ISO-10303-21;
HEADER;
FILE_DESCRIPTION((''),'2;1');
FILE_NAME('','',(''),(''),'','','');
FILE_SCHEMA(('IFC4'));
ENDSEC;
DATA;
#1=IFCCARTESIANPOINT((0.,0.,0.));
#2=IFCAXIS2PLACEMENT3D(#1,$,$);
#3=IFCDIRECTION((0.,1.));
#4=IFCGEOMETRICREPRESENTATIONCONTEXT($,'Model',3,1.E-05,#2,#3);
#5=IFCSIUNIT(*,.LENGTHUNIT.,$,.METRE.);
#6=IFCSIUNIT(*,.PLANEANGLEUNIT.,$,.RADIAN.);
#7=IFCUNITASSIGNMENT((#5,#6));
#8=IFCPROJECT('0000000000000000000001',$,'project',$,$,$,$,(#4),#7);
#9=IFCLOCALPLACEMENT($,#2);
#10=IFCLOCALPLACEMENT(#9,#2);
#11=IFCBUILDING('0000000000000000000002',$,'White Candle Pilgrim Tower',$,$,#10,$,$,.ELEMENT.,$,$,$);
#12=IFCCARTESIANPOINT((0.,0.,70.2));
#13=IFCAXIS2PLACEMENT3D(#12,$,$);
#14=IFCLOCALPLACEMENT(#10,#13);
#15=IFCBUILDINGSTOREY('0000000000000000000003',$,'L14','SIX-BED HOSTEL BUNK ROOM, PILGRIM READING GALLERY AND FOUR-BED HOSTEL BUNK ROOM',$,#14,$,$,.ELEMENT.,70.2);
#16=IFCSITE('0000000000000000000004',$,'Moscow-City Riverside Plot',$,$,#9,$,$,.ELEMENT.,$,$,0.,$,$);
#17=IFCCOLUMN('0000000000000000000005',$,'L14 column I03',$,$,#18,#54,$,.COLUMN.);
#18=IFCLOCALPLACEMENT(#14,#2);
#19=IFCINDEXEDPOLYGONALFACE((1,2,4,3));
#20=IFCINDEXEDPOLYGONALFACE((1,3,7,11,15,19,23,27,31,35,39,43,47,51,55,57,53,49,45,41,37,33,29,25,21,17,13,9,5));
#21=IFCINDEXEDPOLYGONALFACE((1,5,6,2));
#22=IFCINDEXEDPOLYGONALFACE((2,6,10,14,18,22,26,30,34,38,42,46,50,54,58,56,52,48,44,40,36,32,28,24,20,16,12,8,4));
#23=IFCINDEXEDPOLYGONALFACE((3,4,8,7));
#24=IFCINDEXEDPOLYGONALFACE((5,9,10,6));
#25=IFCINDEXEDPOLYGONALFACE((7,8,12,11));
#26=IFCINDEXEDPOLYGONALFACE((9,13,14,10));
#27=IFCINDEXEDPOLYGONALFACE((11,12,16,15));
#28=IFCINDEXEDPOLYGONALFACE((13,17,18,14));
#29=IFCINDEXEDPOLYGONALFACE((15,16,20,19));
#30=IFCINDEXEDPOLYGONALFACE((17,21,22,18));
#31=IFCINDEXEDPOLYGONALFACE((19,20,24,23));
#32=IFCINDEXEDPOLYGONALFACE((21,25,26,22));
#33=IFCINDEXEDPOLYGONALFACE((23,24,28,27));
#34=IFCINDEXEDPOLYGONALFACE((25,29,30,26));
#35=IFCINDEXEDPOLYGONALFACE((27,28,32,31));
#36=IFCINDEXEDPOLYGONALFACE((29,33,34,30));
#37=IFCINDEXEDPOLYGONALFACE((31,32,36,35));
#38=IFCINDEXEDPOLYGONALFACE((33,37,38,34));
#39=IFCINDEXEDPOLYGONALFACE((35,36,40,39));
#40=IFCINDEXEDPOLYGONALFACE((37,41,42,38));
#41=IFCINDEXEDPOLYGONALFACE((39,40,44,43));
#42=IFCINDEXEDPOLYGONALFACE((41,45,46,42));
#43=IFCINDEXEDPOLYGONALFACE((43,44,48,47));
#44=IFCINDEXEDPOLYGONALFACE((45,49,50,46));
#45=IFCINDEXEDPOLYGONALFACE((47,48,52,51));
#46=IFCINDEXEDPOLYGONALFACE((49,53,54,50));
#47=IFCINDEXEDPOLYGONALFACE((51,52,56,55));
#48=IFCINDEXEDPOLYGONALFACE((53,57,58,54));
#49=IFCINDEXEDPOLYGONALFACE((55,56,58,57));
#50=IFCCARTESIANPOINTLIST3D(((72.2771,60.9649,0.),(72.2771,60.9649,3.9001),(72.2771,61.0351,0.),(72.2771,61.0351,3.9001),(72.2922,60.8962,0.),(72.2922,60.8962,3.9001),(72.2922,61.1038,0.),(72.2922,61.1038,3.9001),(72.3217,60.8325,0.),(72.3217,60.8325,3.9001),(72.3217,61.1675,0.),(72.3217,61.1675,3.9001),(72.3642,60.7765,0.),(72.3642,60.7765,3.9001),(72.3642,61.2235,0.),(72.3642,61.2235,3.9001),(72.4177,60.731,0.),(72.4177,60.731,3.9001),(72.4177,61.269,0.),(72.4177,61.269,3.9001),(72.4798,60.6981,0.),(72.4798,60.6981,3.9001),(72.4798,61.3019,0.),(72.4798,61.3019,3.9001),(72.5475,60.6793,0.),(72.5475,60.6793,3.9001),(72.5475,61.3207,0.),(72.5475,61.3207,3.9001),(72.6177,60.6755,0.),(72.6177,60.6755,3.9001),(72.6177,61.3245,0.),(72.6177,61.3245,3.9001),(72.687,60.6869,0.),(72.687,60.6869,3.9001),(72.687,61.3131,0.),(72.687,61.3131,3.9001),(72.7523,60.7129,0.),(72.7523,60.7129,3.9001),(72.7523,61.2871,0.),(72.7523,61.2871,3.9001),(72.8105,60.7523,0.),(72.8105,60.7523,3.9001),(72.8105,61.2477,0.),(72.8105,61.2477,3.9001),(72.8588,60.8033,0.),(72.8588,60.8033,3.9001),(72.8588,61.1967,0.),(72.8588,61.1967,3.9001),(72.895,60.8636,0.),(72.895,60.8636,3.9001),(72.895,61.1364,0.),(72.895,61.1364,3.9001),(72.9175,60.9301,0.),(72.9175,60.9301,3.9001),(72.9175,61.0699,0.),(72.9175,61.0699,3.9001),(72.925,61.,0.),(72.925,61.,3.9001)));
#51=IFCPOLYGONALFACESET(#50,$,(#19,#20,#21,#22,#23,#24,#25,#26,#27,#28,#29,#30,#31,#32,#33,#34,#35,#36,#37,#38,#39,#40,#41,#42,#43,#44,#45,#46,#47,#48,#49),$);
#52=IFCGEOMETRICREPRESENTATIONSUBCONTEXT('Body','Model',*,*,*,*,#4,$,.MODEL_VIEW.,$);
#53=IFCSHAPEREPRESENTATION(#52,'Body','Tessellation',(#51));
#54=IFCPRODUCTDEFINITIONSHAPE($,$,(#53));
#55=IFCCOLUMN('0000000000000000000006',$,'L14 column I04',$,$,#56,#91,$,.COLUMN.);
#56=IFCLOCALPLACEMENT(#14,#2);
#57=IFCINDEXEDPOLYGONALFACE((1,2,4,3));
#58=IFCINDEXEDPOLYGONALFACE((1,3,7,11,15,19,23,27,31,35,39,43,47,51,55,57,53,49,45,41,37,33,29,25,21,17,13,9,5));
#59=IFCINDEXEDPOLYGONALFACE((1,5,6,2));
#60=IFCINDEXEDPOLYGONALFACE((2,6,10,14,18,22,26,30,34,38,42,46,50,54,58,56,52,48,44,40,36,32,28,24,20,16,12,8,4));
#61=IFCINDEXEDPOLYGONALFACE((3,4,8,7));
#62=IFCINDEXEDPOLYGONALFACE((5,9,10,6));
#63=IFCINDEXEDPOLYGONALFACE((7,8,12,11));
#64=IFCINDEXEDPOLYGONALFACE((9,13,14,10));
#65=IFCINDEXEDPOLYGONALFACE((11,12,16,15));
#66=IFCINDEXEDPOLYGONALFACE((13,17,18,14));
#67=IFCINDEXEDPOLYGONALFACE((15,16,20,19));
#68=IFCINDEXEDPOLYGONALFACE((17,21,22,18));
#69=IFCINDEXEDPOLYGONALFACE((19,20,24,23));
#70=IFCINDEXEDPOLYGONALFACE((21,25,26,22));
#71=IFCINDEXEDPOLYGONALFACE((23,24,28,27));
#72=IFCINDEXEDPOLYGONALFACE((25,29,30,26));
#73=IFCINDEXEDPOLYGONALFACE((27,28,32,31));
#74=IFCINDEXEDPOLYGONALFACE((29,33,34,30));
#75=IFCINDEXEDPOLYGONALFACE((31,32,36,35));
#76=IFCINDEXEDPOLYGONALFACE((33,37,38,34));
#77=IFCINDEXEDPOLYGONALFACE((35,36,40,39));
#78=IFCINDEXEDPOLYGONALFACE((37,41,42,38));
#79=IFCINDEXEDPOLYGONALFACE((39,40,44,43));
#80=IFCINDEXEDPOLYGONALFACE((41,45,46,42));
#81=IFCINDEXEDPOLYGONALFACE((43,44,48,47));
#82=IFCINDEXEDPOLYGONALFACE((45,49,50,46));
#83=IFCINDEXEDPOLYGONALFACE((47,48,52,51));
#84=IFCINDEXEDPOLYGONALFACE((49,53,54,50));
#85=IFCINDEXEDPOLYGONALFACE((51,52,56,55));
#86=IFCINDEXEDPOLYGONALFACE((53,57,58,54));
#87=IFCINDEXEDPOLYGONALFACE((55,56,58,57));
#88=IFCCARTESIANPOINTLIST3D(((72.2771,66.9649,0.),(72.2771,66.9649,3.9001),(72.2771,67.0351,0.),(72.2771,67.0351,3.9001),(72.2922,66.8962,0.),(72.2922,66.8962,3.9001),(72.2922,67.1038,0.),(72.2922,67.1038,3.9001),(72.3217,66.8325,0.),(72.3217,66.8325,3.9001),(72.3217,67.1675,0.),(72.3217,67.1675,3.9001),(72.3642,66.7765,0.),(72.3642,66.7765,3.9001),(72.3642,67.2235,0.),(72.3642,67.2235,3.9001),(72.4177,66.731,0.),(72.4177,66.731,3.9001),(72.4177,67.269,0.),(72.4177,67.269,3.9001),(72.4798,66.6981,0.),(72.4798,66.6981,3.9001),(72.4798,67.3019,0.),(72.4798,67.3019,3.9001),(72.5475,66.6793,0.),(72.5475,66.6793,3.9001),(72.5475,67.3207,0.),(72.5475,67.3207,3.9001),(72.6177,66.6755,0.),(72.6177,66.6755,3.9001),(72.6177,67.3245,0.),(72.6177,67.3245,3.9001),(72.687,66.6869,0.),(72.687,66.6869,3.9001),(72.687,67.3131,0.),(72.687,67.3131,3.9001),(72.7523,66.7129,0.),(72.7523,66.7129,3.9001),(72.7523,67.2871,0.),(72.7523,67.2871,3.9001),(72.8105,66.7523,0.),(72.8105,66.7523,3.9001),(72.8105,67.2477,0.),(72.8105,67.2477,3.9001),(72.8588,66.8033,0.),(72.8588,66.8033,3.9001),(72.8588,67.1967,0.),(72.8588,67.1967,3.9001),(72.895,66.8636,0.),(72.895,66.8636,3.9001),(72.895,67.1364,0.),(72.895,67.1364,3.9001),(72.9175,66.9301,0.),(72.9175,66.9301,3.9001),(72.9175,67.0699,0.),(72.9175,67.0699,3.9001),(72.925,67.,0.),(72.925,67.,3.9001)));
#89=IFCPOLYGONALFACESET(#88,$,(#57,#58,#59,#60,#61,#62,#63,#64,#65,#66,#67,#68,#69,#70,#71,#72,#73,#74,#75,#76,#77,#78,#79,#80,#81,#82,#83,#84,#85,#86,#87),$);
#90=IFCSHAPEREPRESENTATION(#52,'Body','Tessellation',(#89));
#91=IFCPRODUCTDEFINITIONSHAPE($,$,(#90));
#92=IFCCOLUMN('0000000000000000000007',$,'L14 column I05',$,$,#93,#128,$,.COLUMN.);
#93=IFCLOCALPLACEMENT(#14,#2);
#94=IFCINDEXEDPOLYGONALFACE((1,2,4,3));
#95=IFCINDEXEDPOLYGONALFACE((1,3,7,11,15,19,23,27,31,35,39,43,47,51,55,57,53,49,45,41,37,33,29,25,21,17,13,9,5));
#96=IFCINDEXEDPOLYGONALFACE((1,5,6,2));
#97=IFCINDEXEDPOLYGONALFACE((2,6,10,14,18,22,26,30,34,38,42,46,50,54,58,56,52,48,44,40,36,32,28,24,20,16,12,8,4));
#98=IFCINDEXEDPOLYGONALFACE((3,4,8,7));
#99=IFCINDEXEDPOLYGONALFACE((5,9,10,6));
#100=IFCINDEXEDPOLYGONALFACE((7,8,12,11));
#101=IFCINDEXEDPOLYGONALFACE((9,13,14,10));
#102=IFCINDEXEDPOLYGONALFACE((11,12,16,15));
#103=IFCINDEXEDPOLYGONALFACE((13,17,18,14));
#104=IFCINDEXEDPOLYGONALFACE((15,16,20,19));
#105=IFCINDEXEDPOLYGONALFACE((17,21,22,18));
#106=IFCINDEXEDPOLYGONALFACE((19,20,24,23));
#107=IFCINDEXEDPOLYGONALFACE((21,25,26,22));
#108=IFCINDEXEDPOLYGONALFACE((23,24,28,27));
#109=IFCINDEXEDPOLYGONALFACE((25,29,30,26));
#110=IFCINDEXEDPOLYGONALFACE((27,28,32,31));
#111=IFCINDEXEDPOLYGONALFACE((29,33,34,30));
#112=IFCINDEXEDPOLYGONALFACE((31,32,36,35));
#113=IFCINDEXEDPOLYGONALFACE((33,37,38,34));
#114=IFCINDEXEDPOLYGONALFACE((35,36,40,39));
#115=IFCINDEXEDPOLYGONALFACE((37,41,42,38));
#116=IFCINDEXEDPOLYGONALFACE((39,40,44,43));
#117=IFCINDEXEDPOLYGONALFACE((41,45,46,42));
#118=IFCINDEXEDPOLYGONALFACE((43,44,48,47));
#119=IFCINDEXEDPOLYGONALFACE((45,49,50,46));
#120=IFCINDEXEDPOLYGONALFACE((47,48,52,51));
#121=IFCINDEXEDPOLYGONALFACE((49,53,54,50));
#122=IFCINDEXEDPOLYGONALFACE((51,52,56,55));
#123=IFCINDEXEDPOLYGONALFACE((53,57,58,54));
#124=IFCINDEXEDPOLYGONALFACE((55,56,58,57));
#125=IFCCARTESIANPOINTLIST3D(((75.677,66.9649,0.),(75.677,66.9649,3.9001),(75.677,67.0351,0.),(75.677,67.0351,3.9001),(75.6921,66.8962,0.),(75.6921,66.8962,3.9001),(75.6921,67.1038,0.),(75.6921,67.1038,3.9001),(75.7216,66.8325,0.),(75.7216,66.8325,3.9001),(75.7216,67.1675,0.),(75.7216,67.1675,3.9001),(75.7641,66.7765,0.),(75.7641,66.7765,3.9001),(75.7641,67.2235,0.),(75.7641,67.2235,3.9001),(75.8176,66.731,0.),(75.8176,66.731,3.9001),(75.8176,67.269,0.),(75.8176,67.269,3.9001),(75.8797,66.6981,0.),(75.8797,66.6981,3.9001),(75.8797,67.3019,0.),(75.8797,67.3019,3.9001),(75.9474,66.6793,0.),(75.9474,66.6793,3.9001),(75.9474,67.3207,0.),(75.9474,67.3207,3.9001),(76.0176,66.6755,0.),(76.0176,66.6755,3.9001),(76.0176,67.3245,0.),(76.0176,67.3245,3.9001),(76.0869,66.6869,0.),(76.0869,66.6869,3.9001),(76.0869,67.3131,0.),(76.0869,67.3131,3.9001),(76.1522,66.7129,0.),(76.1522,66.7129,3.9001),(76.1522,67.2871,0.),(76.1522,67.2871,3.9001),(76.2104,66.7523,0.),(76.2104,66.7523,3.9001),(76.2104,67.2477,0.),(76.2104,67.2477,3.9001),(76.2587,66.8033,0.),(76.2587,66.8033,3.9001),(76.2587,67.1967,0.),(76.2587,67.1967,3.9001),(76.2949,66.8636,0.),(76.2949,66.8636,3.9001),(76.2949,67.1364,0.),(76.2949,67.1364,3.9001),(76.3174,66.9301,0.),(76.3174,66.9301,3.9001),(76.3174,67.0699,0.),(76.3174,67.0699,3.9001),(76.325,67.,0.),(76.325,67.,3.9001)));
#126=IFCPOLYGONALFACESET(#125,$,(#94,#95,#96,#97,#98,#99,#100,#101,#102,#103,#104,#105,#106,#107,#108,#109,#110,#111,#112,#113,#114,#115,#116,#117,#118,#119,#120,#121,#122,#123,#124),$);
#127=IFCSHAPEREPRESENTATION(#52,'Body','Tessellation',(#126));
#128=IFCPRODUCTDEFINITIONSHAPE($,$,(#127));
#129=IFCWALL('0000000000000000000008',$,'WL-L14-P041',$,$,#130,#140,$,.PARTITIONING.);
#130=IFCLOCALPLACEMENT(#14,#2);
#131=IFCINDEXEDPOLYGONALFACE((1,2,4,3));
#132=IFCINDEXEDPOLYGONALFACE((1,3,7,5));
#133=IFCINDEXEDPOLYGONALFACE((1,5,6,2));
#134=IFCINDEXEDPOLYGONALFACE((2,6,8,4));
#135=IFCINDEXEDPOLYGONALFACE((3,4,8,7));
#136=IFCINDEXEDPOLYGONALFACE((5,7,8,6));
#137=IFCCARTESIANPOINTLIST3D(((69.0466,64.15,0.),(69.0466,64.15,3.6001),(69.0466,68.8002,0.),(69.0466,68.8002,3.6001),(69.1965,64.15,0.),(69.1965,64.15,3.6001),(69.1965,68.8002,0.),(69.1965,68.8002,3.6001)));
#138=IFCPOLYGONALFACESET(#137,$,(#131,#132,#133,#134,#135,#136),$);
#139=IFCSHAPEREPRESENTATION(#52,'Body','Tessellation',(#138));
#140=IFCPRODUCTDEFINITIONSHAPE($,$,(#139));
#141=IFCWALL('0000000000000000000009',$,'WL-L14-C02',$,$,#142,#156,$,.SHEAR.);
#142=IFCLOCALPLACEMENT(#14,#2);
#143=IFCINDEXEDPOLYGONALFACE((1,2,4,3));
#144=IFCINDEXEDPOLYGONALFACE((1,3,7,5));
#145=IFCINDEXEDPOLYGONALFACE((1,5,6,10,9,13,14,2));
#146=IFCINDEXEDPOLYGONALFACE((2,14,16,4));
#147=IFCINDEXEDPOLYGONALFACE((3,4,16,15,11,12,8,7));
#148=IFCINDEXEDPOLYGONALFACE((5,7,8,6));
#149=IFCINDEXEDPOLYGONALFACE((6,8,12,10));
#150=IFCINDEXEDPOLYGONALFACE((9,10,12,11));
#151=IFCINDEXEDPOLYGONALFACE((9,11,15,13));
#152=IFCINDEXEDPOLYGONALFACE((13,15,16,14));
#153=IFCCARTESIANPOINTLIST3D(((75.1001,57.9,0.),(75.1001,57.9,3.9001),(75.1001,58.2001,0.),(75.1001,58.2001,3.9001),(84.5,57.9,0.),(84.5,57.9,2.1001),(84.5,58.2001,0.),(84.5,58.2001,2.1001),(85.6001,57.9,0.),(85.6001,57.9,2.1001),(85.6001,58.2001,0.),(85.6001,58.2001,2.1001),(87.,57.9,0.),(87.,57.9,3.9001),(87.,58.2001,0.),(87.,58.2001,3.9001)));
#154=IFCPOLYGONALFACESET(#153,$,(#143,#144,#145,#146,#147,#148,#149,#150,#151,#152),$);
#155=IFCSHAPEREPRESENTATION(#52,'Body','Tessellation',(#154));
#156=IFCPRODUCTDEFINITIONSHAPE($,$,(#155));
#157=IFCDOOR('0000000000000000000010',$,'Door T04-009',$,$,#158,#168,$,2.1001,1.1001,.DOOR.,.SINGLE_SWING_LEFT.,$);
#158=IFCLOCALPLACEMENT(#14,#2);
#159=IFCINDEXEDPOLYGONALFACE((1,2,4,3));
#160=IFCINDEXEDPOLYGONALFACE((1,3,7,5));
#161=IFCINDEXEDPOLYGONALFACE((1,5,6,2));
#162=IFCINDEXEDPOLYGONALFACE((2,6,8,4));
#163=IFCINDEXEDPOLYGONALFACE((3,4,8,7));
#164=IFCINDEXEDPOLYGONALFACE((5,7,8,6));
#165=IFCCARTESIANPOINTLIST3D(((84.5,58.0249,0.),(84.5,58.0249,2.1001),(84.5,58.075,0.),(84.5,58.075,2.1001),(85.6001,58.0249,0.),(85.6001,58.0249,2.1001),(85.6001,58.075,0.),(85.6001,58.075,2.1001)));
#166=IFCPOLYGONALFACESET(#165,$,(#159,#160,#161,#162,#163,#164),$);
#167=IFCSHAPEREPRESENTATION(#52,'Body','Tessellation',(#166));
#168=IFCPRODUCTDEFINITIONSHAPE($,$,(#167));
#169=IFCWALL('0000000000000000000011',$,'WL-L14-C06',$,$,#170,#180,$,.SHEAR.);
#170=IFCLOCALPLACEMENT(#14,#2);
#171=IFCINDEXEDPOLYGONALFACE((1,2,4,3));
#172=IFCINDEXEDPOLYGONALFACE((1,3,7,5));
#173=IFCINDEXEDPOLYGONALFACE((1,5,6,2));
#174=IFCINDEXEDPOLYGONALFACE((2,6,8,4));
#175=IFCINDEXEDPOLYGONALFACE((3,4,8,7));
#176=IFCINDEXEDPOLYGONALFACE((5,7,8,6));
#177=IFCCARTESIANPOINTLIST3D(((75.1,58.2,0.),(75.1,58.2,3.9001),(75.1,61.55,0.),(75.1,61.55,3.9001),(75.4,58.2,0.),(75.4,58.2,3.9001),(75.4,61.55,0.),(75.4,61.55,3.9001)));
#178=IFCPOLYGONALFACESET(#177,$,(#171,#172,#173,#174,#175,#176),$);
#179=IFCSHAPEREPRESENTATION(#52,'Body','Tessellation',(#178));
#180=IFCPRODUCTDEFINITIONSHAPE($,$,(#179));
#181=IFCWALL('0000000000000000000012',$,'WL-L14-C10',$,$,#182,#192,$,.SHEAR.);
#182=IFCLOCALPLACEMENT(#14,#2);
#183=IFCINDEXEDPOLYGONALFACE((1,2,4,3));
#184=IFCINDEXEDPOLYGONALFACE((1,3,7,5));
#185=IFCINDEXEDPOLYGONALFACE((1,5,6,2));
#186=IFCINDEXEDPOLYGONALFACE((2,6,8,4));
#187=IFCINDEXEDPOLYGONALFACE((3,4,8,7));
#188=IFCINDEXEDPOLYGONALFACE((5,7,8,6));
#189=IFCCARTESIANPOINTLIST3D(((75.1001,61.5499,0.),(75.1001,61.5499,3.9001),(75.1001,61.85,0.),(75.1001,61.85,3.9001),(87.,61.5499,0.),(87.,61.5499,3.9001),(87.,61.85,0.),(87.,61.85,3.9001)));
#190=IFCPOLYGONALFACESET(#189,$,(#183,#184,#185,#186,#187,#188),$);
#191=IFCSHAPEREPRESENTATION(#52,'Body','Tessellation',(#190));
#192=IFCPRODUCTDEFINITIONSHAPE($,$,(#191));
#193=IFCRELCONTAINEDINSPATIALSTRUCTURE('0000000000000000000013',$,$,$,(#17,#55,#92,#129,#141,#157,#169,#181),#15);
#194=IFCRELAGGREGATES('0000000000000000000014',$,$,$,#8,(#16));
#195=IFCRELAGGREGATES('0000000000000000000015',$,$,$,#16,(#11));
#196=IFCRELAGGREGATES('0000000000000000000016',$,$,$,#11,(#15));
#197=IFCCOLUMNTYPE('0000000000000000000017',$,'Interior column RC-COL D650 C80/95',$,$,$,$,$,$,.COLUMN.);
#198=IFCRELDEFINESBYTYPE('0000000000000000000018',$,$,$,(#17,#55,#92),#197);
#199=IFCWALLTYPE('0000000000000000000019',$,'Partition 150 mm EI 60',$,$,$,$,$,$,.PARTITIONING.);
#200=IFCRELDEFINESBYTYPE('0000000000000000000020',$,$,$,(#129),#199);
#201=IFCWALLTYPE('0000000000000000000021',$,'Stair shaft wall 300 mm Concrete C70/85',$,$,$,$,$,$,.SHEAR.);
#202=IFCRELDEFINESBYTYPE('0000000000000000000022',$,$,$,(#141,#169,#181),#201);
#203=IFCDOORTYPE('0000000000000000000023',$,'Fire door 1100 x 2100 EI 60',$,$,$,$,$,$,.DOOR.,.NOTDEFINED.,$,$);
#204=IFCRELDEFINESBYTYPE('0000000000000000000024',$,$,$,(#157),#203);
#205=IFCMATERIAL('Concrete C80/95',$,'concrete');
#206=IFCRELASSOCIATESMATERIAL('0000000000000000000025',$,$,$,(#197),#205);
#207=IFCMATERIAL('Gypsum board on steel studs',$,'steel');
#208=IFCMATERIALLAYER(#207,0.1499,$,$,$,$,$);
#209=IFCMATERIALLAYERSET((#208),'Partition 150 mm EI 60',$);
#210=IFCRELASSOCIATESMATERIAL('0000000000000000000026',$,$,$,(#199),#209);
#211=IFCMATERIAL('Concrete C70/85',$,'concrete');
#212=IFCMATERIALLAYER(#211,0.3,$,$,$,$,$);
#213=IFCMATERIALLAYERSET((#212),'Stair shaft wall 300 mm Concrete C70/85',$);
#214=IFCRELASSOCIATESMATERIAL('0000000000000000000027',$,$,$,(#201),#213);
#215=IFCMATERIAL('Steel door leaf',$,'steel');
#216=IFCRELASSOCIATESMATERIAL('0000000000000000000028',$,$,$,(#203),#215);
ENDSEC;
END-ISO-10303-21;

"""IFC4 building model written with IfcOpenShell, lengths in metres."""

from ifc_helpers import new_model, si_unit, direction, frame, frame_2d, origin, origin_2d, place, context, subcontext, project, spatial, rectangle, circle, extrude, material, layer, layer_set, material_profile, profile_set, type_object, element, fill, save


model = new_model("IFC4")

# Units and contexts
model_context = context("Model", 3, precision=1e-05, world=origin(), true_north=direction((0.0, 1.0)))
body_context = subcontext(model_context, "Body", "Model", "MODEL_VIEW")
ifc_project = project(units=[si_unit("LENGTHUNIT", "METRE"), si_unit("PLANEANGLEUNIT", "RADIAN")], contexts=[model_context])

# Site, building, storey
site_placement = place(None, origin())
site = spatial("IfcSite", under=ifc_project, at=site_placement, Name="Moscow-City Riverside Plot", CompositionType="ELEMENT", RefElevation=0.0)
building_placement = place(site_placement, origin())
building = spatial("IfcBuilding", under=site, at=building_placement, Name="White Candle Pilgrim Tower", CompositionType="ELEMENT")
storey_placement = place(building_placement, frame((0.0, 0.0, 70.2)))
storey = spatial("IfcBuildingStorey", under=building, at=storey_placement, Name="L14", Description="SIX-BED HOSTEL BUNK ROOM, PILGRIM READING GALLERY AND FOUR-BED HOSTEL BUNK ROOM", CompositionType="ELEMENT", Elevation=70.2)

# Columns
ifc_material_1 = material(Name="Concrete C80/95", Category="concrete")
ifc_material_profile = material_profile(ifc_material_1, circle(Radius=0.325, at=origin_2d()), Name="RC-COL D650")
ifc_profile_set = profile_set([ifc_material_profile], Name="Concrete C80/95")
column_type = type_object("IfcColumnType", Name="Interior column RC-COL D650 C80/95", PredefinedType="COLUMN", material=ifc_profile_set)
for number, where, z_axis, x_axis, name in (
    (1, (72.6001, 61.0, 0.0), (0.0, 0.0, 1.0), (1.0, 0.0, 0.0), "L14 column I03"),
    (2, (72.6001, 67.0, 0.0), (0.0, 0.0, 1.0), (1.0, 0.0, 0.0), "L14 column I04"),
    (3, (76.0, 67.0, 0.0), (0.0, 0.0, 1.0), (1.0, 0.0, 0.0), "L14 column I05"),
):
    element("IfcColumn", number, at=place(storey_placement, frame(where, z_axis=z_axis, x_axis=x_axis)), inside=storey, type_object=column_type, Name=name, PredefinedType="COLUMN", context=body_context, shape_type="SweptSolid", body=[
        extrude(circle(Radius=0.325, at=origin_2d()), origin(), (0.0, 0.0, 1.0), 3.9001),
    ])

# Wall
ifc_material_2 = material(Name="Gypsum board on steel studs", Category="steel")
ifc_layer_1 = layer(ifc_material_2, 0.1499)
ifc_layer_set_1 = layer_set([ifc_layer_1], Name="Partition 150 mm EI 60")
wall_type_1 = type_object("IfcWallType", Name="Partition 150 mm EI 60", PredefinedType="PARTITIONING", material=ifc_layer_set_1)
wall_1_placement = place(storey_placement, frame((69.1216, 64.1499, 0.0), z_axis=(0.0, 0.0, 1.0), x_axis=(0.0, 1.0, 0.0)))
element("IfcWall", 4, at=wall_1_placement, inside=storey, type_object=wall_type_1, Name="WL-L14-P041", PredefinedType="PARTITIONING", context=body_context, shape_type="SweptSolid", body=[
    extrude(rectangle(XDim=4.6501, YDim=0.1499, at=frame_2d((2.3252, 0.0))), origin(), (0.0, 0.0, 1.0), 3.6001),
])

# Wall, opening, door
ifc_material_3 = material(Name="Concrete C70/85", Category="concrete")
ifc_layer_2 = layer(ifc_material_3, 0.3)
ifc_layer_set_2 = layer_set([ifc_layer_2], Name="Stair shaft wall 300 mm Concrete C70/85")
wall_type_2 = type_object("IfcWallType", Name="Stair shaft wall 300 mm Concrete C70/85", PredefinedType="SHEAR", material=ifc_layer_set_2)
wall_2_placement = place(storey_placement, frame((75.1001, 58.05, 0.0), z_axis=(0.0, 0.0, 1.0), x_axis=(1.0, 0.0, 0.0)))
wall_2 = element("IfcWall", 5, at=wall_2_placement, inside=storey, type_object=wall_type_2, Name="WL-L14-C02", PredefinedType="SHEAR", context=body_context, shape_type="SweptSolid", body=[
    extrude(rectangle(XDim=11.8999, YDim=0.3, at=frame_2d((5.95, 0.0))), origin(), (0.0, 0.0, 1.0), 3.9001),
])
opening_placement = place(wall_2_placement, frame((9.3999, 0.0, 0.0)))
opening = element("IfcOpeningElement", 6, at=opening_placement, cuts=wall_2, PredefinedType="OPENING", context=body_context, shape_type="SweptSolid", body=[
    extrude(rectangle(XDim=1.1001, YDim=2.1001, at=frame_2d((0.55, 1.05))), frame((0.0, 0.1599, 0.0), z_axis=(0.0, -1.0, 0.0), x_axis=(1.0, 0.0, 0.0)), (0.0, 0.0, 1.0), 0.3201),
])
ifc_material_4 = material(Name="Steel door leaf", Category="steel")
door_type = type_object("IfcDoorType", Name="Fire door 1100 x 2100 EI 60", OperationType="NOTDEFINED", PredefinedType="DOOR", material=ifc_material_4)
door_placement = place(opening_placement, origin())
door = element("IfcDoor", 7, at=door_placement, inside=storey, type_object=door_type, Name="Door T04-009", OperationType="SINGLE_SWING_LEFT", OverallHeight=2.1001, OverallWidth=1.1001, PredefinedType="DOOR", context=body_context, shape_type="SweptSolid", body=[
    extrude(rectangle(XDim=1.1001, YDim=2.1001, at=frame_2d((0.55, 1.05))), frame((0.0, 0.0249, 0.0), z_axis=(0.0, -1.0, 0.0), x_axis=(1.0, 0.0, 0.0)), (0.0, 0.0, 1.0), 0.05),
])
fill(opening, door)

# Walls
wall_3_placement = place(storey_placement, frame((75.25, 58.2, 0.0), z_axis=(0.0, 0.0, 1.0), x_axis=(0.0, 1.0, 0.0)))
element("IfcWall", 8, at=wall_3_placement, inside=storey, type_object=wall_type_2, Name="WL-L14-C06", PredefinedType="SHEAR", context=body_context, shape_type="SweptSolid", body=[
    extrude(rectangle(XDim=3.3501, YDim=0.3, at=frame_2d((1.675, 0.0))), origin(), (0.0, 0.0, 1.0), 3.9001),
])
wall_4_placement = place(storey_placement, frame((75.1001, 61.7, 0.0), z_axis=(0.0, 0.0, 1.0), x_axis=(1.0, 0.0, 0.0)))
element("IfcWall", 9, at=wall_4_placement, inside=storey, type_object=wall_type_2, Name="WL-L14-C10", PredefinedType="SHEAR", context=body_context, shape_type="SweptSolid", body=[
    extrude(rectangle(XDim=11.8999, YDim=0.3, at=frame_2d((5.95, 0.0))), origin(), (0.0, 0.0, 1.0), 3.9001),
])

save(model, "model.ifc")
